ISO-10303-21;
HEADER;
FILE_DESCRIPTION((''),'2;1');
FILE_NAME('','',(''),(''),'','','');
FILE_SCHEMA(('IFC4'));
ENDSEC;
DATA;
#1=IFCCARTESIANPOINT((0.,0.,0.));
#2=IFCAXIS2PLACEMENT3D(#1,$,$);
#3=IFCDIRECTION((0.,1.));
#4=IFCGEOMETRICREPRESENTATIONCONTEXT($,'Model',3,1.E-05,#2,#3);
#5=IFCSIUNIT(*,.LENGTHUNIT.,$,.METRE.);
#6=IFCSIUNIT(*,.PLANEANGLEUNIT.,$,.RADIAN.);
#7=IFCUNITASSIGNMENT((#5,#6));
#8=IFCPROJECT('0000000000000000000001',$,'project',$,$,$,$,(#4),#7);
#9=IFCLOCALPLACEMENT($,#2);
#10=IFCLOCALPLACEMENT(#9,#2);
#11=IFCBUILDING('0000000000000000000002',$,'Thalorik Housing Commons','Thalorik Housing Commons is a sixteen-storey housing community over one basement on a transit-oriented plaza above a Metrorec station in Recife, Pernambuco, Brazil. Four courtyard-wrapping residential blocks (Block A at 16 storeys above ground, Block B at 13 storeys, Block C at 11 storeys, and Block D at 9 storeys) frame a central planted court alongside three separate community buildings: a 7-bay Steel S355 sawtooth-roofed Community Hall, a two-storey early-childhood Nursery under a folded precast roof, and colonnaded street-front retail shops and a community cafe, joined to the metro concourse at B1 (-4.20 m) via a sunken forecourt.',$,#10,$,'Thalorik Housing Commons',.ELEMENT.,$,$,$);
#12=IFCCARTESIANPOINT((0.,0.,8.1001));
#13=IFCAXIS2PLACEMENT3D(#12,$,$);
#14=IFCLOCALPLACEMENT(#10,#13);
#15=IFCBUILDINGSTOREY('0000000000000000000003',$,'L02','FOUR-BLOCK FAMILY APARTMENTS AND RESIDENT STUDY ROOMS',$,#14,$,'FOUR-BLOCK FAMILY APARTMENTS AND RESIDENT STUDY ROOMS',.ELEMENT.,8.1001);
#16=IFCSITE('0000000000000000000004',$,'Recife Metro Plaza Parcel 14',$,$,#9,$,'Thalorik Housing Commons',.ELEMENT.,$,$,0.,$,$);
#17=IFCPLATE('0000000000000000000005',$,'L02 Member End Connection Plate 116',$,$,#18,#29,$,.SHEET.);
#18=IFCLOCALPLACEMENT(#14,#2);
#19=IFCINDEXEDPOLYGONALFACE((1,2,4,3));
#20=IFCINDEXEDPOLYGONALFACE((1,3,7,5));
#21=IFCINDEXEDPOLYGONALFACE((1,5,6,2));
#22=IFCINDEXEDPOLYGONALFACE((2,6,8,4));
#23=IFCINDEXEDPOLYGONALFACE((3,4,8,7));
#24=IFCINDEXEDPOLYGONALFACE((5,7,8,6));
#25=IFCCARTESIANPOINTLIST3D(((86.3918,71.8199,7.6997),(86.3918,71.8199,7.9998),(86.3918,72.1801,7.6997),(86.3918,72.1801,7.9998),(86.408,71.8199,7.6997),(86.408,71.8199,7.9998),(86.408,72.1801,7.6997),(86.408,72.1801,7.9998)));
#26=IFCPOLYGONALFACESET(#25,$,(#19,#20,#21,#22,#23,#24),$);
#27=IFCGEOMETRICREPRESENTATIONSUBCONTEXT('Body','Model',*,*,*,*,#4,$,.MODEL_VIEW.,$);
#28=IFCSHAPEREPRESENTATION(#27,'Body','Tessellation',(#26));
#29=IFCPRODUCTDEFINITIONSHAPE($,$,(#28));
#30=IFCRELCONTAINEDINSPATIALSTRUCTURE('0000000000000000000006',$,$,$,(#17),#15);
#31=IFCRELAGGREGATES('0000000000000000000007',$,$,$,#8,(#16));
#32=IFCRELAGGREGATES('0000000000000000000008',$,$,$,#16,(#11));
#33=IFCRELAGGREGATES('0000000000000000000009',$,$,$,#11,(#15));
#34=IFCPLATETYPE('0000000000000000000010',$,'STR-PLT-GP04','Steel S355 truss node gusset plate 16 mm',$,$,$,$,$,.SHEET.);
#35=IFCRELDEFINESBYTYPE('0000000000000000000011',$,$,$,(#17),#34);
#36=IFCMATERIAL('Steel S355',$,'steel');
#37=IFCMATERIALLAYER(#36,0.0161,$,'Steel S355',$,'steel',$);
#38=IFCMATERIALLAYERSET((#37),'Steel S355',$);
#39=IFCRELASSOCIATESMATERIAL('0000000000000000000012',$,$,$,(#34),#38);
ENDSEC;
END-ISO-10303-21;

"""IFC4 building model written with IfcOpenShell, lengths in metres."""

from ifc_helpers import new_model, si_unit, direction, frame, origin, origin_2d, place, context, subcontext, project, spatial, rectangle, extrude, material, layer, layer_set, type_object, element, save


model = new_model("IFC4")

# Units and contexts
model_context = context("Model", 3, precision=1e-05, world=origin(), true_north=direction((0.0, 1.0)))
body_context = subcontext(model_context, "Body", "Model", "MODEL_VIEW")
ifc_project = project(units=[si_unit("LENGTHUNIT", "METRE"), si_unit("PLANEANGLEUNIT", "RADIAN")], contexts=[model_context])

# Site, building, storey
site_placement = place(None, origin())
site = spatial("IfcSite", under=ifc_project, at=site_placement, Name="Recife Metro Plaza Parcel 14", LongName="Thalorik Housing Commons", CompositionType="ELEMENT", RefElevation=0.0)
building_placement = place(site_placement, origin())
building = spatial("IfcBuilding", under=site, at=building_placement, Name="Thalorik Housing Commons", Description="Thalorik Housing Commons is a sixteen-storey housing community over one basement on a transit-oriented plaza above a Metrorec station in Recife, Pernambuco, Brazil. Four courtyard-wrapping residential blocks (Block A at 16 storeys above ground, Block B at 13 storeys, Block C at 11 storeys, and Block D at 9 storeys) frame a central planted court alongside three separate community buildings: a 7-bay Steel S355 sawtooth-roofed Community Hall, a two-storey early-childhood Nursery under a folded precast roof, and colonnaded street-front retail shops and a community cafe, joined to the metro concourse at B1 (-4.20 m) via a sunken forecourt.", LongName="Thalorik Housing Commons", CompositionType="ELEMENT")
storey_placement = place(building_placement, frame((0.0, 0.0, 8.1001)))
storey = spatial("IfcBuildingStorey", under=building, at=storey_placement, Name="L02", Description="FOUR-BLOCK FAMILY APARTMENTS AND RESIDENT STUDY ROOMS", LongName="FOUR-BLOCK FAMILY APARTMENTS AND RESIDENT STUDY ROOMS", CompositionType="ELEMENT", Elevation=8.1001)

# Shared definitions
ifc_material_1 = material(Name="Steel S355", Category="steel")

# Plate
ifc_layer_1 = layer(ifc_material_1, 0.0161, Name="Steel S355", Category="steel")
ifc_layer_set_1 = layer_set([ifc_layer_1], Name="Steel S355")
plate_type_1 = type_object("IfcPlateType", Name="STR-PLT-GP04", Description="Steel S355 truss node gusset plate 16 mm", PredefinedType="SHEET", material=ifc_layer_set_1)
for number, where, z_axis, x_axis, name in (
    (1, (86.3999, 72.0, 7.6997), (0.0, 0.0, 1.0), (1.0, 0.0, 0.0), "L02 Member End Connection Plate 116"),
):
    element("IfcPlate", number, at=place(storey_placement, frame(where, z_axis=z_axis, x_axis=x_axis)), inside=storey, type_object=plate_type_1, Name=name, PredefinedType="SHEET", context=body_context, shape_type="SweptSolid", body=[
        extrude(rectangle(XDim=0.0161, YDim=0.3601, at=origin_2d()), origin(), (0.0, 0.0, 1.0), 0.3),
    ])

save(model, "model.ifc")
